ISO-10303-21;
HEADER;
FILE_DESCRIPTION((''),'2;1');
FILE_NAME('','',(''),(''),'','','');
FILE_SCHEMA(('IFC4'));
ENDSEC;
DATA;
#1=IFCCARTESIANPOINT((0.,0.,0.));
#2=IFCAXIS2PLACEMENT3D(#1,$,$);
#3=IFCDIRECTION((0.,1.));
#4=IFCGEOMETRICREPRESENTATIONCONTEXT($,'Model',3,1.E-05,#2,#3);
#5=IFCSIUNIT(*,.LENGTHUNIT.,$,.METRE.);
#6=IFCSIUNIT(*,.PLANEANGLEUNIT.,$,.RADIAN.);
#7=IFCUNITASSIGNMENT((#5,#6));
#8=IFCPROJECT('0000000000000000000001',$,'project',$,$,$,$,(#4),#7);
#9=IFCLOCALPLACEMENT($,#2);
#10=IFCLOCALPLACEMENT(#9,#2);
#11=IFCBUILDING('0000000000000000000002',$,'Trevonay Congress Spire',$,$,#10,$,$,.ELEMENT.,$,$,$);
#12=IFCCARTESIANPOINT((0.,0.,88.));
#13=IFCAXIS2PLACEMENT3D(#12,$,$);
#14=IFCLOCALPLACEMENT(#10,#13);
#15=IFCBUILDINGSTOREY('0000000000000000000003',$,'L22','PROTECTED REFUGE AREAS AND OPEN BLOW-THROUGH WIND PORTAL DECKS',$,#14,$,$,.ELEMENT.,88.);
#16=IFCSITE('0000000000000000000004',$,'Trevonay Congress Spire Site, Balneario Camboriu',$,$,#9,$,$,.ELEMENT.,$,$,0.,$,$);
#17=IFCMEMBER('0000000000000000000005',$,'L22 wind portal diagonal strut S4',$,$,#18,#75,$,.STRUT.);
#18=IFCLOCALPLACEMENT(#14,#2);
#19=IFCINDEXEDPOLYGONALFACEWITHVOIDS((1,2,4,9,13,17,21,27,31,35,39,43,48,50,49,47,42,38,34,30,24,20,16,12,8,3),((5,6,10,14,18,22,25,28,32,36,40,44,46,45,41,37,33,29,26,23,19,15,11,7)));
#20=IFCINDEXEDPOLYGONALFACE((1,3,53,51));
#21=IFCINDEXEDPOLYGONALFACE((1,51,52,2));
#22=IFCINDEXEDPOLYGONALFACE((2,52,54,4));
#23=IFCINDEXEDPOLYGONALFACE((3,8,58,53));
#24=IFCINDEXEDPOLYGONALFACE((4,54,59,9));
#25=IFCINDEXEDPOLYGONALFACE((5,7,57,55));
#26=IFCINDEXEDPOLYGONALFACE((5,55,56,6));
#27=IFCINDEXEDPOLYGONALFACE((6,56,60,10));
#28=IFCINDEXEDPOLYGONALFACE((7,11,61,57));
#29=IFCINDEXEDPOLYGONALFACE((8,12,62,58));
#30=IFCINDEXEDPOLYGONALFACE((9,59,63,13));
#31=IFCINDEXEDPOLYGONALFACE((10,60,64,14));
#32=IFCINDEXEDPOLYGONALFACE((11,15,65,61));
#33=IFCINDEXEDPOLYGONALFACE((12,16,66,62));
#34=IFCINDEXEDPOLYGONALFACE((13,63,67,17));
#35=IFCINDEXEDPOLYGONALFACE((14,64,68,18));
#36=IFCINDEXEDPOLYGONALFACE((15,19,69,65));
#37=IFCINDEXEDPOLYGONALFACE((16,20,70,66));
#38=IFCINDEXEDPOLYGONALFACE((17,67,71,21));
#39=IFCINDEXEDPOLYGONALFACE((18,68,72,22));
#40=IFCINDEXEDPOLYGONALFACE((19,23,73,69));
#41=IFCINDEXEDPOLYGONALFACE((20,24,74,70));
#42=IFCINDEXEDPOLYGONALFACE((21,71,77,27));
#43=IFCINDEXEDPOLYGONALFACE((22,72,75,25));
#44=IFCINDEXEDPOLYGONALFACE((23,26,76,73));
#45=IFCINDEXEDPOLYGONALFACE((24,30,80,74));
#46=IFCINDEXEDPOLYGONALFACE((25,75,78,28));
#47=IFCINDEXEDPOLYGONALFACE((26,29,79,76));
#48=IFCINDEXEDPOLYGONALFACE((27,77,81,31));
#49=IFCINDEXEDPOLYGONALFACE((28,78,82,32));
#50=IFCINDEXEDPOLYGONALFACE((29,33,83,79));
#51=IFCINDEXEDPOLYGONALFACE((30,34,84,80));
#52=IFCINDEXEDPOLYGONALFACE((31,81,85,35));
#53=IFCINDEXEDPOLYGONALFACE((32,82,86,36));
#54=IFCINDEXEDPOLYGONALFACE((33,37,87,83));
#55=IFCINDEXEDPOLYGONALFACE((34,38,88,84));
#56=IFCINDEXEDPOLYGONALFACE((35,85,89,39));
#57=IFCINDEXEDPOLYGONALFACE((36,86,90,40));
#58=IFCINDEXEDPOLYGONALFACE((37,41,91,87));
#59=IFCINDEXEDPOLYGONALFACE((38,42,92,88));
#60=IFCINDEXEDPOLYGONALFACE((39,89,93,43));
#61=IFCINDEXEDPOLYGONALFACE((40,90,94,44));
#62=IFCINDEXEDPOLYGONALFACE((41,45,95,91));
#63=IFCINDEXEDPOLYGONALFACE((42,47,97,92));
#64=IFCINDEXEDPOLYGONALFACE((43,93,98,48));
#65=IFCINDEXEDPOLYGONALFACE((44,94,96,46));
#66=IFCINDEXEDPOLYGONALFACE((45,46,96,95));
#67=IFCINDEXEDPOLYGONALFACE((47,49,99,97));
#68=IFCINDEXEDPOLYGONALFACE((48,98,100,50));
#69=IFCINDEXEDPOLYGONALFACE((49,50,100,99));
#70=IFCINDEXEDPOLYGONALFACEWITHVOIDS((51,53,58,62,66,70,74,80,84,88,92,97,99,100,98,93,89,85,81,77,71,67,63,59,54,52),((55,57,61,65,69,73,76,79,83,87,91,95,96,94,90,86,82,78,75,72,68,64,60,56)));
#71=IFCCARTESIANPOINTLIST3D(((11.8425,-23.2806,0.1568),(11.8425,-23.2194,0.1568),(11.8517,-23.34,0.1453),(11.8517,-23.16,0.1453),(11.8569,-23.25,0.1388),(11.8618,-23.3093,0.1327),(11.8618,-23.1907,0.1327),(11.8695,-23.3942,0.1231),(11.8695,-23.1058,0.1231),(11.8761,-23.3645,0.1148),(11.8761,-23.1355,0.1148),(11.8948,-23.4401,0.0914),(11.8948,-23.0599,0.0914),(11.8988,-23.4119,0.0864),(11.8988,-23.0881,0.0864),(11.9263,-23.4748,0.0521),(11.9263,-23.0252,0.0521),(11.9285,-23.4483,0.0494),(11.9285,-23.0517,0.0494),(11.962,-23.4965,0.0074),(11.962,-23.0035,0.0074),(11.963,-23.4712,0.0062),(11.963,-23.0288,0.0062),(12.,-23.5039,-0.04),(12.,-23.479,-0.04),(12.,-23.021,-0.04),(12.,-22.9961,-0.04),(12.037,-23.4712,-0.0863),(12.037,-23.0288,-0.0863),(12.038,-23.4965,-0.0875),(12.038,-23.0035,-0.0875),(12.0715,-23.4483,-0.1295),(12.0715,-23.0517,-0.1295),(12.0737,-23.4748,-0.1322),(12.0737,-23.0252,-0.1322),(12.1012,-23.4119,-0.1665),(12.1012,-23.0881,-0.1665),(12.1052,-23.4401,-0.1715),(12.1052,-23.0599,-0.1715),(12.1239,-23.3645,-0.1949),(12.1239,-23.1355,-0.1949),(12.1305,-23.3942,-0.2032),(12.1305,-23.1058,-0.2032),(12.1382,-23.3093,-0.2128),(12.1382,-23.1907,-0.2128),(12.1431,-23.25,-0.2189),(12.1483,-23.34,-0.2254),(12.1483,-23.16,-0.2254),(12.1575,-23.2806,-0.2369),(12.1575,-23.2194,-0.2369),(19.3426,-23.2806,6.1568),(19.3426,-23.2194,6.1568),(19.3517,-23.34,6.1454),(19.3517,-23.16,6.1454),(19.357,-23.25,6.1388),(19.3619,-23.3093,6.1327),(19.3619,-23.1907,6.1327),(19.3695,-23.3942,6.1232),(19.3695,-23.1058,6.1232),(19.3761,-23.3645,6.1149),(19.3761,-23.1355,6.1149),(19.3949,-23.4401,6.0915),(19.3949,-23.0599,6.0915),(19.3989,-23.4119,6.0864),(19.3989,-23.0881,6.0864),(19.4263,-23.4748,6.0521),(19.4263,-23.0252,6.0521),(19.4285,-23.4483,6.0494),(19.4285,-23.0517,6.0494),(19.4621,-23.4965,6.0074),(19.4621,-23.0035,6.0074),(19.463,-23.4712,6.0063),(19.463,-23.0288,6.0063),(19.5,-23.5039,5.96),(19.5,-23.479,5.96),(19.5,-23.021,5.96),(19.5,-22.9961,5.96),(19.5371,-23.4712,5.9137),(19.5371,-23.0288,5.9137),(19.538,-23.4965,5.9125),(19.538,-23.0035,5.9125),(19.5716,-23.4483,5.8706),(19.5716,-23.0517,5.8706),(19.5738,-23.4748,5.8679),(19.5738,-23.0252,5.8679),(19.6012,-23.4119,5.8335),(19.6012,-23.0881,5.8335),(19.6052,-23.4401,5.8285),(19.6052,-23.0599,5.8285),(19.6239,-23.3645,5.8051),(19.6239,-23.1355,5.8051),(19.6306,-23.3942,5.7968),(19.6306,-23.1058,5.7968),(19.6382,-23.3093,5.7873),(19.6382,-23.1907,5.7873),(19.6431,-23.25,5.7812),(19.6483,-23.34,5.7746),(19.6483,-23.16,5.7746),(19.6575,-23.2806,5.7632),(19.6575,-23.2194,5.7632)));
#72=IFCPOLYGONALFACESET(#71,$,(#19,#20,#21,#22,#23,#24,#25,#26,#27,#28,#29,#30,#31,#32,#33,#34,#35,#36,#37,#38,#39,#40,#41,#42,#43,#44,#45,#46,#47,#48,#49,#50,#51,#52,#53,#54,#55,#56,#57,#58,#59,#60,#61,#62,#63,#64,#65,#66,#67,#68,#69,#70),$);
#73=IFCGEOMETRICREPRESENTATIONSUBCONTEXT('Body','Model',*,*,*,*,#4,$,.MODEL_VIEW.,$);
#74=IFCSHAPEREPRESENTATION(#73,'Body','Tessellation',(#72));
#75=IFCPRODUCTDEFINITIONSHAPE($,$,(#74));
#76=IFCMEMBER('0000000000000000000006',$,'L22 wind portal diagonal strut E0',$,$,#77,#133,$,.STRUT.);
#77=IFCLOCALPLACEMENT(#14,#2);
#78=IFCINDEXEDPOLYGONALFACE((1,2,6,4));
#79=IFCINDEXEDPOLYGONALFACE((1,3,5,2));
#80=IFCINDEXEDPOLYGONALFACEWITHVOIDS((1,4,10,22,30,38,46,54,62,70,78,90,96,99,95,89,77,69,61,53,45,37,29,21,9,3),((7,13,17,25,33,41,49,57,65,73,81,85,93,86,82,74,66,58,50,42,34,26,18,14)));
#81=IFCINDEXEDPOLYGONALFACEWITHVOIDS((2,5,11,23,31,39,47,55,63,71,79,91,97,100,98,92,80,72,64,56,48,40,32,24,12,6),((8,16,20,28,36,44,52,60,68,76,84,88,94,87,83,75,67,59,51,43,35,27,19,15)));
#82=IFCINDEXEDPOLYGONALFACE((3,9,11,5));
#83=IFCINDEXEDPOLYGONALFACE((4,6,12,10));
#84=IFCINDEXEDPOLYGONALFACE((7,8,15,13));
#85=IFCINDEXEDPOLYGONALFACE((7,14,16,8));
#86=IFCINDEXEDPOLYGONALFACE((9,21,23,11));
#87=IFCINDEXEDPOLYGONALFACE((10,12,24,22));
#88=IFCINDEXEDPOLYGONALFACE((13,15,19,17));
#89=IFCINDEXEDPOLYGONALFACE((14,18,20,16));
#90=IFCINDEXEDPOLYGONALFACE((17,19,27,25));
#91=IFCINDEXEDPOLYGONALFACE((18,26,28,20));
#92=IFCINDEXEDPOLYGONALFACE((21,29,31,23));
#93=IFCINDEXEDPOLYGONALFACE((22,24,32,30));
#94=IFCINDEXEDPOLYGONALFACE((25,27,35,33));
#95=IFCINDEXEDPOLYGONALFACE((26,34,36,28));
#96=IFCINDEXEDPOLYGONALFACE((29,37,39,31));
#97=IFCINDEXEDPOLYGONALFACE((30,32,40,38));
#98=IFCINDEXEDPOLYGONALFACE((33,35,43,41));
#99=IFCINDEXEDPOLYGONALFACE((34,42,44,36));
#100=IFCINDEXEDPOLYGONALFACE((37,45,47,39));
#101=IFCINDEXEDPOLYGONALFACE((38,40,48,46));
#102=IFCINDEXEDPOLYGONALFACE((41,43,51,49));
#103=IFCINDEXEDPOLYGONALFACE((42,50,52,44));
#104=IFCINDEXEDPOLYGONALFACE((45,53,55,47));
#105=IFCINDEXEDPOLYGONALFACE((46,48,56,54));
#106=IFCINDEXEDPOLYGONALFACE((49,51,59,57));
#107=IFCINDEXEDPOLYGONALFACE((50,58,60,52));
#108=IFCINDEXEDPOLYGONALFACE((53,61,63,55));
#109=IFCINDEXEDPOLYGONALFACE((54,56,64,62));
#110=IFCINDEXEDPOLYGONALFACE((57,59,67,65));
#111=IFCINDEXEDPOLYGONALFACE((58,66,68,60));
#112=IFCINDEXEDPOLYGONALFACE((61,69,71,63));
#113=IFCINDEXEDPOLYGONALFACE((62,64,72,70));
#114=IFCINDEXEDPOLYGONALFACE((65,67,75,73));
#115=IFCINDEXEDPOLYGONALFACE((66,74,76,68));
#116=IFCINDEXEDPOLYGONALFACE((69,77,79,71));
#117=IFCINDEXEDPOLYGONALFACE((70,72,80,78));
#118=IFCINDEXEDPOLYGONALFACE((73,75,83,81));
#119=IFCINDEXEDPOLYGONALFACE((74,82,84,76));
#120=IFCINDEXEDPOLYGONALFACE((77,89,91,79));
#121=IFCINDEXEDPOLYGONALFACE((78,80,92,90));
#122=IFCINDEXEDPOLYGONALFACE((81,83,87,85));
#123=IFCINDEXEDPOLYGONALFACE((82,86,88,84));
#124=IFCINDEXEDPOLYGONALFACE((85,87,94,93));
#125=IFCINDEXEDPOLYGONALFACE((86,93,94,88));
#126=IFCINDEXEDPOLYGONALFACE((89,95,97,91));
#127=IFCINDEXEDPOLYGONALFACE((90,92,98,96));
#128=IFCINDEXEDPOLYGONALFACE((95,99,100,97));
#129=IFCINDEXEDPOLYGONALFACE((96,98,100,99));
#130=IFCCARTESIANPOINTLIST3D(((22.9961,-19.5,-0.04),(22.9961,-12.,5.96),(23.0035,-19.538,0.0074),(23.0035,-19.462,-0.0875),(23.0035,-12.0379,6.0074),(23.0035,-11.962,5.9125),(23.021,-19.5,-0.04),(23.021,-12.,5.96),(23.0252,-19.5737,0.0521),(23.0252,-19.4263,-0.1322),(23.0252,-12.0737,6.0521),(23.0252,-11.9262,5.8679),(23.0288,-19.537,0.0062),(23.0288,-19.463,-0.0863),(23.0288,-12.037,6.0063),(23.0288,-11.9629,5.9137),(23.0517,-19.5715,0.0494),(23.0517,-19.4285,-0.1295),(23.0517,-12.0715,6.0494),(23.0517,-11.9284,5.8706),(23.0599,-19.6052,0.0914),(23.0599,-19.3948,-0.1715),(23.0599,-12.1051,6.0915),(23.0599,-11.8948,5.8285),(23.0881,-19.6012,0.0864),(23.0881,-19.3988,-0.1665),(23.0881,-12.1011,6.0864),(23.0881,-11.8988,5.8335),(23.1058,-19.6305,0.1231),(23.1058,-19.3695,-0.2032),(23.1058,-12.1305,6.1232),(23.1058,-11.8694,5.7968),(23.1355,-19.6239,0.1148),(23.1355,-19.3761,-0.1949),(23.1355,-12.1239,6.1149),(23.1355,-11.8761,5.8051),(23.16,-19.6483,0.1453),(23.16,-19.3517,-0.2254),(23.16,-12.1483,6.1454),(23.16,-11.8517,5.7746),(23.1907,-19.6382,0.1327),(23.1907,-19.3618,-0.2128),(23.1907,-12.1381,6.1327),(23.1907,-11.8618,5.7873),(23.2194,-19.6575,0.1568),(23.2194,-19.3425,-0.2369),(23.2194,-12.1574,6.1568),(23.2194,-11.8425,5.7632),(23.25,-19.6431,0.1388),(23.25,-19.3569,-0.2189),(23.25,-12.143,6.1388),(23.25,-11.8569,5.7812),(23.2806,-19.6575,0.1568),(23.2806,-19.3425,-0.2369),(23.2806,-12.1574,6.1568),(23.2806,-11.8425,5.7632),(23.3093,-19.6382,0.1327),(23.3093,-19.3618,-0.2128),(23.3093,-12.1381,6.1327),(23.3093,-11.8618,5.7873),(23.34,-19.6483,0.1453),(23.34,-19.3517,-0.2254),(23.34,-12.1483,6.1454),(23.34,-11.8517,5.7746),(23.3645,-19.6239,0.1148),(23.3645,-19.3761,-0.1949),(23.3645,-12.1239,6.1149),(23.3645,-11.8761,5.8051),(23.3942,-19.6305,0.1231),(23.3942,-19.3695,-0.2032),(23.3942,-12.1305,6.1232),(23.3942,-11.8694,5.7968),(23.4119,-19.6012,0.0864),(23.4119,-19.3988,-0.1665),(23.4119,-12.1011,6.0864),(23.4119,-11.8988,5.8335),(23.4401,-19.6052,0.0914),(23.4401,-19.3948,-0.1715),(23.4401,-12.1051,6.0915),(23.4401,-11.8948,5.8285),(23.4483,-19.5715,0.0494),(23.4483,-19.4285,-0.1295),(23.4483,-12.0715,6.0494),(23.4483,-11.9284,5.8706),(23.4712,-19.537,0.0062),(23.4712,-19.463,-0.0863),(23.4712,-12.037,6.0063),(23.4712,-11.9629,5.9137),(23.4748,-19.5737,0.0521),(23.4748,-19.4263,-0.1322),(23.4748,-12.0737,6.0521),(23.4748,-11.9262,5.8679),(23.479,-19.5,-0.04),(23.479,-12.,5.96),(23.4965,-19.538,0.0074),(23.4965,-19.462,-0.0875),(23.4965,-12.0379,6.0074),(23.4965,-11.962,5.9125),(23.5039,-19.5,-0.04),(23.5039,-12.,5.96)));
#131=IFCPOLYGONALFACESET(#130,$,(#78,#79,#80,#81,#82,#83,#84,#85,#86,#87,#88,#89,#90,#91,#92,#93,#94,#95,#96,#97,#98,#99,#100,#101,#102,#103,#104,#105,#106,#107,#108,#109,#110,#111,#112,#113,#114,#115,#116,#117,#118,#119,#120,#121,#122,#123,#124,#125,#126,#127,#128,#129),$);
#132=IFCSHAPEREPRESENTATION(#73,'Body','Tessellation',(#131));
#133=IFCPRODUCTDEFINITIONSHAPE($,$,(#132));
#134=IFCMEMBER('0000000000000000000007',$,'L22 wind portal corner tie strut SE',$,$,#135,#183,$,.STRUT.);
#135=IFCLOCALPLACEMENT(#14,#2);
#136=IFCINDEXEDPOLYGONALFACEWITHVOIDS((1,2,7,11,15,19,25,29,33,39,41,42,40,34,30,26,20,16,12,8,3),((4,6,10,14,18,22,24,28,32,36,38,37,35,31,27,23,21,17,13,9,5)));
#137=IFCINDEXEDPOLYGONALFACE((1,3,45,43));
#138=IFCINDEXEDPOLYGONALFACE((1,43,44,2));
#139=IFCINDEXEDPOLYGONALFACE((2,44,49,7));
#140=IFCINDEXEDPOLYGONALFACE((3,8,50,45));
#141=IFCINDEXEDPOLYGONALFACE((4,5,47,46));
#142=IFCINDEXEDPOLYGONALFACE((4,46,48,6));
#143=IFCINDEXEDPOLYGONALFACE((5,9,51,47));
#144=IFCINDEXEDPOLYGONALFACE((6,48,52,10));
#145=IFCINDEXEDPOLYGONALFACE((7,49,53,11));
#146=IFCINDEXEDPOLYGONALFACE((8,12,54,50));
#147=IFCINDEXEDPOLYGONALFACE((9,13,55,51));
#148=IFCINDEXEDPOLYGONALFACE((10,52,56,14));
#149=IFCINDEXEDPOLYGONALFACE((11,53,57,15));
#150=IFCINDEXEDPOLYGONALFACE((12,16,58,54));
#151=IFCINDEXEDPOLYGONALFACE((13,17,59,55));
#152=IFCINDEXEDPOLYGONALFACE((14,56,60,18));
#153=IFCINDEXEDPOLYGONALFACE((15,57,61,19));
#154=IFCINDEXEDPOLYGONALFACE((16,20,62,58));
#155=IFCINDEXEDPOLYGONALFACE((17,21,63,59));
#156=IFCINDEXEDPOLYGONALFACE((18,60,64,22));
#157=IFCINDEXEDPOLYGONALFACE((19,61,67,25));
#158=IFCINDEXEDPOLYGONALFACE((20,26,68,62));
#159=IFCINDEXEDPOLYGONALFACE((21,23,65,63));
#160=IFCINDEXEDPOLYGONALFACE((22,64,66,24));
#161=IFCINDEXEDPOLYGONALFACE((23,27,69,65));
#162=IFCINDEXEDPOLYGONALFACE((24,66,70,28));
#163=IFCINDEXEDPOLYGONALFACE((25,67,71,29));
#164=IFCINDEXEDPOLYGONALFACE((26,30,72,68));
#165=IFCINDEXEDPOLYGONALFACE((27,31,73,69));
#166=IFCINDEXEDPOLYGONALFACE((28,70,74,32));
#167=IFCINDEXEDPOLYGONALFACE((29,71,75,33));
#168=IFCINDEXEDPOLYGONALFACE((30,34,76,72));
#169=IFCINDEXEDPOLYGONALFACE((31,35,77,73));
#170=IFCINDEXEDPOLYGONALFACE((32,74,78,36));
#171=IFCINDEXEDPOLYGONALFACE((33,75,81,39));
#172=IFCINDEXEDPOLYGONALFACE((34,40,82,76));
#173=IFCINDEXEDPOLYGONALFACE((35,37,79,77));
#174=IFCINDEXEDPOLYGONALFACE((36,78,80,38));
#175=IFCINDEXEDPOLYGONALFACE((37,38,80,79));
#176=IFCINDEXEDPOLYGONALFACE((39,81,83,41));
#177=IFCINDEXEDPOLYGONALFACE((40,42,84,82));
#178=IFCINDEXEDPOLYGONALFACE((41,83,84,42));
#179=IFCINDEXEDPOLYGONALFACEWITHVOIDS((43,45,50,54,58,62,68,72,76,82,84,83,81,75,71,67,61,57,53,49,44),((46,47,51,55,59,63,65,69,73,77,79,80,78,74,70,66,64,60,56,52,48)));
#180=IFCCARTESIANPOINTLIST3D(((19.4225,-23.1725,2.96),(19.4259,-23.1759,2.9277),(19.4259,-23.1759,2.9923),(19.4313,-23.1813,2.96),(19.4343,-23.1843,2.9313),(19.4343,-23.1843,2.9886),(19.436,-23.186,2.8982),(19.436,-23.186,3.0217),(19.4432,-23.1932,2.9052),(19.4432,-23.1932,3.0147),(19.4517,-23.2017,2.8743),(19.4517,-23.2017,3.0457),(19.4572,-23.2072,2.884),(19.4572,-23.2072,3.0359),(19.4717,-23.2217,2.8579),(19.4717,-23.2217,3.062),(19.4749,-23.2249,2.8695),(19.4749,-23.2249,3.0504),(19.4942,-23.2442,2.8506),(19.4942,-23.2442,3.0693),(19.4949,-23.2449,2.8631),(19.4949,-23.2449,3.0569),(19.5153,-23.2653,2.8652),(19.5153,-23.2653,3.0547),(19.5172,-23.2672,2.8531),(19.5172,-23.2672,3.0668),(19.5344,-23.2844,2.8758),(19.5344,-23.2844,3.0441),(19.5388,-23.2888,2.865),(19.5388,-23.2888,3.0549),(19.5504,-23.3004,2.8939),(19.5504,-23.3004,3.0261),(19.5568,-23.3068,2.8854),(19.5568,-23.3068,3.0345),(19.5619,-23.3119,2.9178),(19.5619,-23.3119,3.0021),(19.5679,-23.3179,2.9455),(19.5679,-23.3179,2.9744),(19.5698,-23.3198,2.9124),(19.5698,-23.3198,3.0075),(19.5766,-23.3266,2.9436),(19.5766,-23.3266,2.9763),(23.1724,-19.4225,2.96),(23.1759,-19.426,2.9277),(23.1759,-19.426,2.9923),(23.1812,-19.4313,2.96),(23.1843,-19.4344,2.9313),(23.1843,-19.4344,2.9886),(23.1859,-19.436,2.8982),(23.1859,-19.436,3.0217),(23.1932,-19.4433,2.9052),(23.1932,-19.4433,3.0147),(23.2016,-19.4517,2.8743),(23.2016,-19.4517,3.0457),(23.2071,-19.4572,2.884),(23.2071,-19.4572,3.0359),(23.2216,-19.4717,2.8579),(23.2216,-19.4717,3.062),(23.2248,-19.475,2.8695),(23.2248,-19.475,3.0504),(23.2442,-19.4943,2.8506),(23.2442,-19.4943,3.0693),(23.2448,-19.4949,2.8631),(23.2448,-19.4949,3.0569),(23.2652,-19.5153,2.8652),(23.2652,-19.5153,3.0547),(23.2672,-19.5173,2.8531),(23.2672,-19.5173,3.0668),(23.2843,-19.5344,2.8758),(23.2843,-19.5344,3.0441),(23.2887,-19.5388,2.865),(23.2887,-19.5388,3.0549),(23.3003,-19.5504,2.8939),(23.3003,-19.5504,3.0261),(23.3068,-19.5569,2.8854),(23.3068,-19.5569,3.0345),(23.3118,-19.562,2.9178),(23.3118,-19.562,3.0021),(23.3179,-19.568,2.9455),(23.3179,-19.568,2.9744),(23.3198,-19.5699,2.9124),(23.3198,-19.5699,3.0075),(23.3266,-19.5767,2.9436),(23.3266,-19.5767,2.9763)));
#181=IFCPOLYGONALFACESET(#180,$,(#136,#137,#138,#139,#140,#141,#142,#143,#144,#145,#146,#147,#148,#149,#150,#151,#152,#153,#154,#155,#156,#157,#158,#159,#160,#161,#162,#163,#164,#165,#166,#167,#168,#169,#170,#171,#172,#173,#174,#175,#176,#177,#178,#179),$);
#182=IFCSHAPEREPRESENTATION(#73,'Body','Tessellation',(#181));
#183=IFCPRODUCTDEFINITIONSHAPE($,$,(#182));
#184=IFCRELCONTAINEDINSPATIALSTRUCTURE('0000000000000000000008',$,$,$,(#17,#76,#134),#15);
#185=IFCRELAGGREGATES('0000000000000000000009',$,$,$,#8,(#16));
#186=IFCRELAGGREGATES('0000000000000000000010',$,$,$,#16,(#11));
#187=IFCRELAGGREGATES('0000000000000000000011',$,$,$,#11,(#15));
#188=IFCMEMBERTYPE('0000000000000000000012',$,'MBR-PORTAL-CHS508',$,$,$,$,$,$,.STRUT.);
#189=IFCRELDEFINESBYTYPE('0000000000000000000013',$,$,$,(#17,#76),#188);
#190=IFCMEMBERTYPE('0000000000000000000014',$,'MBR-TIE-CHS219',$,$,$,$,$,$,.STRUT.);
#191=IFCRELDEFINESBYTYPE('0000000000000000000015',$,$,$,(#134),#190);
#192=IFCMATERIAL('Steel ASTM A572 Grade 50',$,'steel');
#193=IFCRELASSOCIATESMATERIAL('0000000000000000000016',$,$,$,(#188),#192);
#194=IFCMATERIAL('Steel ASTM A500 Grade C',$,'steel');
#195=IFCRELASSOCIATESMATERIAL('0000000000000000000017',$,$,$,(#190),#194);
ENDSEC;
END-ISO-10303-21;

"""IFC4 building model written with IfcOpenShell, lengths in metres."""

from ifc_helpers import new_model, si_unit, direction, frame, origin, origin_2d, place, context, subcontext, project, spatial, hollow_circle, extrude, material, material_profile, profile_set, type_object, element, save


model = new_model("IFC4")

# Units and contexts
model_context = context("Model", 3, precision=1e-05, world=origin(), true_north=direction((0.0, 1.0)))
body_context = subcontext(model_context, "Body", "Model", "MODEL_VIEW")
ifc_project = project(units=[si_unit("LENGTHUNIT", "METRE"), si_unit("PLANEANGLEUNIT", "RADIAN")], contexts=[model_context])

# Site, building, storey
site_placement = place(None, origin())
site = spatial("IfcSite", under=ifc_project, at=site_placement, Name="Trevonay Congress Spire Site, Balneario Camboriu", CompositionType="ELEMENT", RefElevation=0.0)
building_placement = place(site_placement, origin())
building = spatial("IfcBuilding", under=site, at=building_placement, Name="Trevonay Congress Spire", CompositionType="ELEMENT")
storey_placement = place(building_placement, frame((0.0, 0.0, 88.0)))
storey = spatial("IfcBuildingStorey", under=building, at=storey_placement, Name="L22", Description="PROTECTED REFUGE AREAS AND OPEN BLOW-THROUGH WIND PORTAL DECKS", CompositionType="ELEMENT", Elevation=88.0)

# Shared definitions
ifc_material_1 = material(Name="Steel ASTM A572 Grade 50", Category="steel")

# Members
ifc_material_profile_1 = material_profile(ifc_material_1, hollow_circle(Radius=0.2539, WallThickness=0.0249, at=origin_2d()), Name="CHS 508x25")
ifc_profile_set_1 = profile_set([ifc_material_profile_1], Name="Steel ASTM A572 Grade 50")
member_type_1 = type_object("IfcMemberType", Name="MBR-PORTAL-CHS508", PredefinedType="STRUT", material=ifc_profile_set_1)
for number, where, z_axis, x_axis, name in (
    (1, (12.0, -23.25, -0.04), (0.780869, 0.0, 0.624695), (0.0, 1.0, 0.0), "L22 wind portal diagonal strut S4"),
    (2, (23.25, -19.5, -0.04), (0.0, 0.780869, 0.624695), (-1.0, 0.0, 0.0), "L22 wind portal diagonal strut E0"),
):
    element("IfcMember", number, at=place(storey_placement, frame(where, z_axis=z_axis, x_axis=x_axis)), inside=storey, type_object=member_type_1, Name=name, PredefinedType="STRUT", context=body_context, shape_type="SweptSolid", body=[
        extrude(hollow_circle(Radius=0.2539, WallThickness=0.0249, at=origin_2d()), origin(), (0.0, 0.0, 1.0), 9.6047),
    ])
ifc_material_2 = material(Name="Steel ASTM A500 Grade C", Category="steel")
ifc_material_profile_2 = material_profile(ifc_material_2, hollow_circle(Radius=0.1096, WallThickness=0.0125, at=origin_2d()), Name="CHS 219.1x12.5")
ifc_profile_set_2 = profile_set([ifc_material_profile_2], Name="Steel ASTM A500 Grade C")
member_type_2 = type_object("IfcMemberType", Name="MBR-TIE-CHS219", PredefinedType="STRUT", material=ifc_profile_set_2)
member_placement = place(storey_placement, frame((19.5, -23.25, 2.96), z_axis=(0.707107, 0.707107, 0.0), x_axis=(-0.707107, 0.707107, 0.0)))
element("IfcMember", 3, at=member_placement, inside=storey, type_object=member_type_2, Name="L22 wind portal corner tie strut SE", PredefinedType="STRUT", context=body_context, shape_type="SweptSolid", body=[
    extrude(hollow_circle(Radius=0.1096, WallThickness=0.0125, at=origin_2d()), origin(), (0.0, 0.0, 1.0), 5.3032),
])

save(model, "model.ifc")
